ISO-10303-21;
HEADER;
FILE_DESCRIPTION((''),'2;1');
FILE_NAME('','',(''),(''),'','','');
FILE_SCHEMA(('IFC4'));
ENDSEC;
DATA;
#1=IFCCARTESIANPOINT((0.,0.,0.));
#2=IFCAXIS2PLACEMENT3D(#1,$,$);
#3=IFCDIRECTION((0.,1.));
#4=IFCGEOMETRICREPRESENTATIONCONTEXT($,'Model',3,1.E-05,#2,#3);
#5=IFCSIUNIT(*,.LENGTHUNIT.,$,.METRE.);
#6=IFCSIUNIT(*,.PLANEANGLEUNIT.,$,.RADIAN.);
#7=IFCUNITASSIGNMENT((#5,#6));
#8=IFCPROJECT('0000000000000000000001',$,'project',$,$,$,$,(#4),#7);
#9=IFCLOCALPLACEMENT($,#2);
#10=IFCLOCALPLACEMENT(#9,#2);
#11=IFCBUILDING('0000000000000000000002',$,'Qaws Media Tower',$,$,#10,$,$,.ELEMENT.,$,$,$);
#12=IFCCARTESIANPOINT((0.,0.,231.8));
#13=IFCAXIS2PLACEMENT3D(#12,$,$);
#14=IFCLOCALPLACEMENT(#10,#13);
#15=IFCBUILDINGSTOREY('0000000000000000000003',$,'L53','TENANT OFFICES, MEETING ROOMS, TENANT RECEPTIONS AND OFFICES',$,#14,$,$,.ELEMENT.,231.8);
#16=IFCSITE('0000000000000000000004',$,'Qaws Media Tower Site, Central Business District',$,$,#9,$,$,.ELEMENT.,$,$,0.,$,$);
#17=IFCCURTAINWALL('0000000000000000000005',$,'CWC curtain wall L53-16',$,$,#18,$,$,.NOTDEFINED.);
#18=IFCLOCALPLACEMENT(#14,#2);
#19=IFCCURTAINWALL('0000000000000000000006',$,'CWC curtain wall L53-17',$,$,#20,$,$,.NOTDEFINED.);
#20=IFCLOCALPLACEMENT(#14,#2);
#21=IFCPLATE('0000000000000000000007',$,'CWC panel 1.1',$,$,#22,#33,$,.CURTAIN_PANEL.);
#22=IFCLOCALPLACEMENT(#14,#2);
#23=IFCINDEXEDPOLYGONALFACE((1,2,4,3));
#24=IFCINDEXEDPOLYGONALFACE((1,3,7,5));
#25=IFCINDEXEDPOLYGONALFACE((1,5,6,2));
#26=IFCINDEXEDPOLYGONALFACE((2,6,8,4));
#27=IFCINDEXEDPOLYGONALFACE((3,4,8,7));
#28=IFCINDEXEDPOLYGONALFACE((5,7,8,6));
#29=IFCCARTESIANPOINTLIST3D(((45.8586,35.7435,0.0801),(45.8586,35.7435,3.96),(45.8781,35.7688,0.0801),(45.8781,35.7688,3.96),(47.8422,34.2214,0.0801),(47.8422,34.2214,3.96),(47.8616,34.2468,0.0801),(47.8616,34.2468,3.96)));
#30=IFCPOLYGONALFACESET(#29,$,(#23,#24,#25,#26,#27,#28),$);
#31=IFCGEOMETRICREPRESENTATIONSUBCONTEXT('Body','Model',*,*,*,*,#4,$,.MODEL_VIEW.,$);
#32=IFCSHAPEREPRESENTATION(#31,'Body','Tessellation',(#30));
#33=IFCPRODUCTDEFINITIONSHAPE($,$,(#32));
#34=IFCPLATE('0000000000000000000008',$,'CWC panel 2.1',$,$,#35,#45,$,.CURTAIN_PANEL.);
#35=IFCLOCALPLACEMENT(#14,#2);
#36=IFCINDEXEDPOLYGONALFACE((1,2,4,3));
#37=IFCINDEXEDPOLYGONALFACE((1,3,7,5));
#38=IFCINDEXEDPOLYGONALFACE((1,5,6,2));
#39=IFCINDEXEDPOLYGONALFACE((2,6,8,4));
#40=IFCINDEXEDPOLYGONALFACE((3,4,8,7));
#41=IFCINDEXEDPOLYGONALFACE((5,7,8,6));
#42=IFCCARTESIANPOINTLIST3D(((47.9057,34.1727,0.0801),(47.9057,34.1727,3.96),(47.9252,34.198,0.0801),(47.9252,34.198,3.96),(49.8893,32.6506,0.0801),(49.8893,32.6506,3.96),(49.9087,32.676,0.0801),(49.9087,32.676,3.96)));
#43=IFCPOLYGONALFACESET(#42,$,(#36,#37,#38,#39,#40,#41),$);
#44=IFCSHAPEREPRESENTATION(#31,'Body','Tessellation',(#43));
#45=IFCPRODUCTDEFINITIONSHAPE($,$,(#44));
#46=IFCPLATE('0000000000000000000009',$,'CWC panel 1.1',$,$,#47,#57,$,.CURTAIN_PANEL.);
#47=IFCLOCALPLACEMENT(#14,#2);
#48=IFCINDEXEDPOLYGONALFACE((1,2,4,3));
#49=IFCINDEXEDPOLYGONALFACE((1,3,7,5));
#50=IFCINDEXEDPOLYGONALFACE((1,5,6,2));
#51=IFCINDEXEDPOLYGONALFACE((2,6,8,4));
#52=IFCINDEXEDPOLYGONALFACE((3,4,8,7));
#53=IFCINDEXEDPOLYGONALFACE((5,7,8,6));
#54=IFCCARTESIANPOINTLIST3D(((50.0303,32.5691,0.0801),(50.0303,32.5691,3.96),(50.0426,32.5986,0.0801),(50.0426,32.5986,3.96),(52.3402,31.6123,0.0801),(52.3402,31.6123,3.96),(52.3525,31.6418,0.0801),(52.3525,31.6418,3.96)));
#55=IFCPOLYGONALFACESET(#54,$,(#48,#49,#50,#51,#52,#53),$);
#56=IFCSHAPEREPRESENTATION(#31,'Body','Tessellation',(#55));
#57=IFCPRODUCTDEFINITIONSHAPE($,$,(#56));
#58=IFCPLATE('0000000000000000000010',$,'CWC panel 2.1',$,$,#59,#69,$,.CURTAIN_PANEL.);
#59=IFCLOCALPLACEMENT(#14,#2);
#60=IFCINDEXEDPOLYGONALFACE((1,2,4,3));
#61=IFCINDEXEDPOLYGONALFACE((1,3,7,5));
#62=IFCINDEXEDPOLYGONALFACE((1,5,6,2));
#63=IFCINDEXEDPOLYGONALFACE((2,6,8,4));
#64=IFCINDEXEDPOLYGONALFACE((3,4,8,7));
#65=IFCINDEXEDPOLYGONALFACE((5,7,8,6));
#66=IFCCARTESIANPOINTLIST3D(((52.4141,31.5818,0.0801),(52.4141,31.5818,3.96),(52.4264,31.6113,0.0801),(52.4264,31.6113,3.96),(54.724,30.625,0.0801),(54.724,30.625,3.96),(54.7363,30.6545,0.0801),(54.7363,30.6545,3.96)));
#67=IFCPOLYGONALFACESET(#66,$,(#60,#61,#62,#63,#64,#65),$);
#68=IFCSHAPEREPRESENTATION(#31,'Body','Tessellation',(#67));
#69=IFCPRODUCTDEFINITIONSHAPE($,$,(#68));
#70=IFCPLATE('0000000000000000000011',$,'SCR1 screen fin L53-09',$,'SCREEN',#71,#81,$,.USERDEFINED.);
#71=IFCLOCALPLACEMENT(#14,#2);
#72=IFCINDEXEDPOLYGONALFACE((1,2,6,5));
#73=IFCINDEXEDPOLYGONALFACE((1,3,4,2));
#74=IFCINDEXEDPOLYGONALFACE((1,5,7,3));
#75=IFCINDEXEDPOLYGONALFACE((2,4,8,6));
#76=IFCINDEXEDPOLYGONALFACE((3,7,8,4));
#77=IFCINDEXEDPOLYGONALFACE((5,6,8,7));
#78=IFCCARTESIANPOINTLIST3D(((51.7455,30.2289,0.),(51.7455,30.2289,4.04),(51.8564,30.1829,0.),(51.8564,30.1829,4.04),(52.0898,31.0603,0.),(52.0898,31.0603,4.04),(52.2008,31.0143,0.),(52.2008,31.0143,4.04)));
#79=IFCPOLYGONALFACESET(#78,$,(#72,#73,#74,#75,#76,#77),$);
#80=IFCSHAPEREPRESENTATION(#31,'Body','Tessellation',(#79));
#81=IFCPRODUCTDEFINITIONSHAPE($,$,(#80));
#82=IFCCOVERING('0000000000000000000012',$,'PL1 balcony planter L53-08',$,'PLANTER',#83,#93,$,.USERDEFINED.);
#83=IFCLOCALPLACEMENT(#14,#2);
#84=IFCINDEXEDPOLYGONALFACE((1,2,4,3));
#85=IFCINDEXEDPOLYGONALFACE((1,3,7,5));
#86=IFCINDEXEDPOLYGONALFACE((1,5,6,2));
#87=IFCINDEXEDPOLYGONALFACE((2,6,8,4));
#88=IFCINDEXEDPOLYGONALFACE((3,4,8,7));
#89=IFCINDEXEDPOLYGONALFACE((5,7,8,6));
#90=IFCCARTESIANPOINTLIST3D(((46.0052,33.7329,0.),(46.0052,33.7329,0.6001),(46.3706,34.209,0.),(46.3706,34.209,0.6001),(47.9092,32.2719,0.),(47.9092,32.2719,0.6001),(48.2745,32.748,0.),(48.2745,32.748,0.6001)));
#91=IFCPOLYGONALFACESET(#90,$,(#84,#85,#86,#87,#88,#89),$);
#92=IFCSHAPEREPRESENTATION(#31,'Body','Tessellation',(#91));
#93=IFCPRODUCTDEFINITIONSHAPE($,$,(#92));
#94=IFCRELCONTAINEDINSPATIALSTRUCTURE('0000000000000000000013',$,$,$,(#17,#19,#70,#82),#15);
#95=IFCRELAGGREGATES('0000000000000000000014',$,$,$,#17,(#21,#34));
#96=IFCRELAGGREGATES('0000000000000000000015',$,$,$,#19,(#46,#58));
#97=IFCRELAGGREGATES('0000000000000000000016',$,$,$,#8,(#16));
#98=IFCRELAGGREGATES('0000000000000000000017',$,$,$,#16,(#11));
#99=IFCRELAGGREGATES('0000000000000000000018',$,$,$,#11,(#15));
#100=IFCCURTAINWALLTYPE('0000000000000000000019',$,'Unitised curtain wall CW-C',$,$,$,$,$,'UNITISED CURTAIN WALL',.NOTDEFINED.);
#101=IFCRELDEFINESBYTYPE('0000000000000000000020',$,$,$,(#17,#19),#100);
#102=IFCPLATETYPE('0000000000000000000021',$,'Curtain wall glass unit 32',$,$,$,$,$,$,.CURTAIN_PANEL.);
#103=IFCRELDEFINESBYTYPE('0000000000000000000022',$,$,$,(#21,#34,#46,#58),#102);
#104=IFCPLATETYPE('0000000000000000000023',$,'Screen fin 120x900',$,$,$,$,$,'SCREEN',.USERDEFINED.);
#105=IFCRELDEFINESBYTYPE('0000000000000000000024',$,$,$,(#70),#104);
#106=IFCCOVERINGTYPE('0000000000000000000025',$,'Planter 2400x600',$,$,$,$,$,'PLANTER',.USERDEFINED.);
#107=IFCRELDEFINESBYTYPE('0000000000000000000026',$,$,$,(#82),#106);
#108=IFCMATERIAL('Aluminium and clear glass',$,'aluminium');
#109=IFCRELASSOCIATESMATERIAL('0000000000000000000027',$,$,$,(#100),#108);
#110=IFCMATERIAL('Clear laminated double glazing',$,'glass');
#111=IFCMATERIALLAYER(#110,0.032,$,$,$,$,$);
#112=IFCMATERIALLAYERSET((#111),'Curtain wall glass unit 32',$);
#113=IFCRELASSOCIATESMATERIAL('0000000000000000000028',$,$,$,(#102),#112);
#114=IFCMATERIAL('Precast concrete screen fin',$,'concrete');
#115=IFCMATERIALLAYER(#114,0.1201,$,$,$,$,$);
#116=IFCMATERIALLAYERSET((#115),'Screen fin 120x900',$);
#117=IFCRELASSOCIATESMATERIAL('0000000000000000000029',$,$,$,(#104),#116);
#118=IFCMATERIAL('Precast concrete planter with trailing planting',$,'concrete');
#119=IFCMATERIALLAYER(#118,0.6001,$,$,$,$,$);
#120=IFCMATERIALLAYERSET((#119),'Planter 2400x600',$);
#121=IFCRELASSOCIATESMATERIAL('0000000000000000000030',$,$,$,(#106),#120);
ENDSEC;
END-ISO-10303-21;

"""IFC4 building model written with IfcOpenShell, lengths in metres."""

from ifc_helpers import new_model, si_unit, direction, frame, origin, origin_2d, place, context, subcontext, project, spatial, rectangle, extrude, material, layer, layer_set, type_object, element, aggregate, save


model = new_model("IFC4")

# Units and contexts
model_context = context("Model", 3, precision=1e-05, world=origin(), true_north=direction((0.0, 1.0)))
body_context = subcontext(model_context, "Body", "Model", "MODEL_VIEW")
ifc_project = project(units=[si_unit("LENGTHUNIT", "METRE"), si_unit("PLANEANGLEUNIT", "RADIAN")], contexts=[model_context])

# Site, building, storey
site_placement = place(None, origin())
site = spatial("IfcSite", under=ifc_project, at=site_placement, Name="Qaws Media Tower Site, Central Business District", CompositionType="ELEMENT", RefElevation=0.0)
building_placement = place(site_placement, origin())
building = spatial("IfcBuilding", under=site, at=building_placement, Name="Qaws Media Tower", CompositionType="ELEMENT")
storey_placement = place(building_placement, frame((0.0, 0.0, 231.8)))
storey = spatial("IfcBuildingStorey", under=building, at=storey_placement, Name="L53", Description="TENANT OFFICES, MEETING ROOMS, TENANT RECEPTIONS AND OFFICES", CompositionType="ELEMENT", Elevation=231.8)

# Curtain walls
ifc_material_1 = material(Name="Aluminium and clear glass", Category="aluminium")
curtain_wall_type = type_object("IfcCurtainWallType", Name="Unitised curtain wall CW-C", ElementType="UNITISED CURTAIN WALL", PredefinedType="NOTDEFINED", material=ifc_material_1)
curtain_wall_1_placement = place(storey_placement, origin())
curtain_wall_1 = element("IfcCurtainWall", 1, at=curtain_wall_1_placement, inside=storey, type_object=curtain_wall_type, Name="CWC curtain wall L53-16", PredefinedType="NOTDEFINED")
curtain_wall_2_placement = place(storey_placement, origin())
curtain_wall_2 = element("IfcCurtainWall", 2, at=curtain_wall_2_placement, inside=storey, type_object=curtain_wall_type, Name="CWC curtain wall L53-17", PredefinedType="NOTDEFINED")

# Plates
ifc_material_2 = material(Name="Clear laminated double glazing", Category="glass")
ifc_layer_1 = layer(ifc_material_2, 0.032)
ifc_layer_set_1 = layer_set([ifc_layer_1], Name="Curtain wall glass unit 32")
plate_type_1 = type_object("IfcPlateType", Name="Curtain wall glass unit 32", PredefinedType="CURTAIN_PANEL", material=ifc_layer_set_1)
plate_1_placement = place(storey_placement, frame((46.8601, 34.9951, 0.0801), z_axis=(0.0, 0.0, 1.0), x_axis=(0.793353, -0.608761, 0.0)))
plate_1 = element("IfcPlate", 3, at=plate_1_placement, type_object=plate_type_1, Name="CWC panel 1.1", PredefinedType="CURTAIN_PANEL", context=body_context, shape_type="SweptSolid", body=[
    extrude(rectangle(XDim=2.5002, YDim=0.032, at=origin_2d()), origin(), (0.0, 0.0, 1.0), 3.8799),
])
plate_2_placement = place(storey_placement, frame((48.9072, 33.4243, 0.0801), z_axis=(0.0, 0.0, 1.0), x_axis=(0.793353, -0.608761, 0.0)))
plate_2 = element("IfcPlate", 4, at=plate_2_placement, type_object=plate_type_1, Name="CWC panel 2.1", PredefinedType="CURTAIN_PANEL", context=body_context, shape_type="SweptSolid", body=[
    extrude(rectangle(XDim=2.5002, YDim=0.032, at=origin_2d()), origin(), (0.0, 0.0, 1.0), 3.8799),
])
aggregate(curtain_wall_1, [plate_1, plate_2])
plate_3_placement = place(storey_placement, frame((51.1914, 32.1055, 0.0801), z_axis=(0.0, 0.0, 1.0), x_axis=(0.92388, -0.382683, 0.0)))
plate_3 = element("IfcPlate", 5, at=plate_3_placement, type_object=plate_type_1, Name="CWC panel 1.1", PredefinedType="CURTAIN_PANEL", context=body_context, shape_type="SweptSolid", body=[
    extrude(rectangle(XDim=2.5002, YDim=0.032, at=origin_2d()), origin(), (0.0, 0.0, 1.0), 3.8799),
])
plate_4_placement = place(storey_placement, frame((53.5752, 31.1182, 0.0801), z_axis=(0.0, 0.0, 1.0), x_axis=(0.92388, -0.382683, 0.0)))
plate_4 = element("IfcPlate", 6, at=plate_4_placement, type_object=plate_type_1, Name="CWC panel 2.1", PredefinedType="CURTAIN_PANEL", context=body_context, shape_type="SweptSolid", body=[
    extrude(rectangle(XDim=2.5002, YDim=0.032, at=origin_2d()), origin(), (0.0, 0.0, 1.0), 3.8799),
])
aggregate(curtain_wall_2, [plate_3, plate_4])
ifc_material_3 = material(Name="Precast concrete screen fin", Category="concrete")
ifc_layer_2 = layer(ifc_material_3, 0.1201)
ifc_layer_set_2 = layer_set([ifc_layer_2], Name="Screen fin 120x900")
plate_type_2 = type_object("IfcPlateType", Name="Screen fin 120x900", ElementType="SCREEN", PredefinedType="USERDEFINED", material=ifc_layer_set_2)
plate_5_placement = place(storey_placement, frame((51.9731, 30.6216, 0.0), z_axis=(0.0, 0.0, 1.0), x_axis=(-0.382683, -0.92388, 0.0)))
element("IfcPlate", 7, at=plate_5_placement, inside=storey, type_object=plate_type_2, Name="SCR1 screen fin L53-09", ObjectType="SCREEN", PredefinedType="USERDEFINED", context=body_context, shape_type="SweptSolid", body=[
    extrude(rectangle(XDim=0.8999, YDim=0.1201, at=origin_2d()), origin(), (0.0, 0.0, 1.0), 4.04),
])

# Covering
ifc_material_4 = material(Name="Precast concrete planter with trailing planting", Category="concrete")
ifc_layer_3 = layer(ifc_material_4, 0.6001)
ifc_layer_set_3 = layer_set([ifc_layer_3], Name="Planter 2400x600")
covering_type = type_object("IfcCoveringType", Name="Planter 2400x600", ElementType="PLANTER", PredefinedType="USERDEFINED", material=ifc_layer_set_3)
covering_placement = place(storey_placement, frame((47.1399, 33.2405, 0.0), z_axis=(0.0, 0.0, 1.0), x_axis=(0.793353, -0.608761, 0.0)))
element("IfcCovering", 8, at=covering_placement, inside=storey, type_object=covering_type, Name="PL1 balcony planter L53-08", ObjectType="PLANTER", PredefinedType="USERDEFINED", context=body_context, shape_type="SweptSolid", body=[
    extrude(rectangle(XDim=2.3999, YDim=0.6001, at=origin_2d()), origin(), (0.0, 0.0, 1.0), 0.6001),
])

save(model, "model.ifc")
